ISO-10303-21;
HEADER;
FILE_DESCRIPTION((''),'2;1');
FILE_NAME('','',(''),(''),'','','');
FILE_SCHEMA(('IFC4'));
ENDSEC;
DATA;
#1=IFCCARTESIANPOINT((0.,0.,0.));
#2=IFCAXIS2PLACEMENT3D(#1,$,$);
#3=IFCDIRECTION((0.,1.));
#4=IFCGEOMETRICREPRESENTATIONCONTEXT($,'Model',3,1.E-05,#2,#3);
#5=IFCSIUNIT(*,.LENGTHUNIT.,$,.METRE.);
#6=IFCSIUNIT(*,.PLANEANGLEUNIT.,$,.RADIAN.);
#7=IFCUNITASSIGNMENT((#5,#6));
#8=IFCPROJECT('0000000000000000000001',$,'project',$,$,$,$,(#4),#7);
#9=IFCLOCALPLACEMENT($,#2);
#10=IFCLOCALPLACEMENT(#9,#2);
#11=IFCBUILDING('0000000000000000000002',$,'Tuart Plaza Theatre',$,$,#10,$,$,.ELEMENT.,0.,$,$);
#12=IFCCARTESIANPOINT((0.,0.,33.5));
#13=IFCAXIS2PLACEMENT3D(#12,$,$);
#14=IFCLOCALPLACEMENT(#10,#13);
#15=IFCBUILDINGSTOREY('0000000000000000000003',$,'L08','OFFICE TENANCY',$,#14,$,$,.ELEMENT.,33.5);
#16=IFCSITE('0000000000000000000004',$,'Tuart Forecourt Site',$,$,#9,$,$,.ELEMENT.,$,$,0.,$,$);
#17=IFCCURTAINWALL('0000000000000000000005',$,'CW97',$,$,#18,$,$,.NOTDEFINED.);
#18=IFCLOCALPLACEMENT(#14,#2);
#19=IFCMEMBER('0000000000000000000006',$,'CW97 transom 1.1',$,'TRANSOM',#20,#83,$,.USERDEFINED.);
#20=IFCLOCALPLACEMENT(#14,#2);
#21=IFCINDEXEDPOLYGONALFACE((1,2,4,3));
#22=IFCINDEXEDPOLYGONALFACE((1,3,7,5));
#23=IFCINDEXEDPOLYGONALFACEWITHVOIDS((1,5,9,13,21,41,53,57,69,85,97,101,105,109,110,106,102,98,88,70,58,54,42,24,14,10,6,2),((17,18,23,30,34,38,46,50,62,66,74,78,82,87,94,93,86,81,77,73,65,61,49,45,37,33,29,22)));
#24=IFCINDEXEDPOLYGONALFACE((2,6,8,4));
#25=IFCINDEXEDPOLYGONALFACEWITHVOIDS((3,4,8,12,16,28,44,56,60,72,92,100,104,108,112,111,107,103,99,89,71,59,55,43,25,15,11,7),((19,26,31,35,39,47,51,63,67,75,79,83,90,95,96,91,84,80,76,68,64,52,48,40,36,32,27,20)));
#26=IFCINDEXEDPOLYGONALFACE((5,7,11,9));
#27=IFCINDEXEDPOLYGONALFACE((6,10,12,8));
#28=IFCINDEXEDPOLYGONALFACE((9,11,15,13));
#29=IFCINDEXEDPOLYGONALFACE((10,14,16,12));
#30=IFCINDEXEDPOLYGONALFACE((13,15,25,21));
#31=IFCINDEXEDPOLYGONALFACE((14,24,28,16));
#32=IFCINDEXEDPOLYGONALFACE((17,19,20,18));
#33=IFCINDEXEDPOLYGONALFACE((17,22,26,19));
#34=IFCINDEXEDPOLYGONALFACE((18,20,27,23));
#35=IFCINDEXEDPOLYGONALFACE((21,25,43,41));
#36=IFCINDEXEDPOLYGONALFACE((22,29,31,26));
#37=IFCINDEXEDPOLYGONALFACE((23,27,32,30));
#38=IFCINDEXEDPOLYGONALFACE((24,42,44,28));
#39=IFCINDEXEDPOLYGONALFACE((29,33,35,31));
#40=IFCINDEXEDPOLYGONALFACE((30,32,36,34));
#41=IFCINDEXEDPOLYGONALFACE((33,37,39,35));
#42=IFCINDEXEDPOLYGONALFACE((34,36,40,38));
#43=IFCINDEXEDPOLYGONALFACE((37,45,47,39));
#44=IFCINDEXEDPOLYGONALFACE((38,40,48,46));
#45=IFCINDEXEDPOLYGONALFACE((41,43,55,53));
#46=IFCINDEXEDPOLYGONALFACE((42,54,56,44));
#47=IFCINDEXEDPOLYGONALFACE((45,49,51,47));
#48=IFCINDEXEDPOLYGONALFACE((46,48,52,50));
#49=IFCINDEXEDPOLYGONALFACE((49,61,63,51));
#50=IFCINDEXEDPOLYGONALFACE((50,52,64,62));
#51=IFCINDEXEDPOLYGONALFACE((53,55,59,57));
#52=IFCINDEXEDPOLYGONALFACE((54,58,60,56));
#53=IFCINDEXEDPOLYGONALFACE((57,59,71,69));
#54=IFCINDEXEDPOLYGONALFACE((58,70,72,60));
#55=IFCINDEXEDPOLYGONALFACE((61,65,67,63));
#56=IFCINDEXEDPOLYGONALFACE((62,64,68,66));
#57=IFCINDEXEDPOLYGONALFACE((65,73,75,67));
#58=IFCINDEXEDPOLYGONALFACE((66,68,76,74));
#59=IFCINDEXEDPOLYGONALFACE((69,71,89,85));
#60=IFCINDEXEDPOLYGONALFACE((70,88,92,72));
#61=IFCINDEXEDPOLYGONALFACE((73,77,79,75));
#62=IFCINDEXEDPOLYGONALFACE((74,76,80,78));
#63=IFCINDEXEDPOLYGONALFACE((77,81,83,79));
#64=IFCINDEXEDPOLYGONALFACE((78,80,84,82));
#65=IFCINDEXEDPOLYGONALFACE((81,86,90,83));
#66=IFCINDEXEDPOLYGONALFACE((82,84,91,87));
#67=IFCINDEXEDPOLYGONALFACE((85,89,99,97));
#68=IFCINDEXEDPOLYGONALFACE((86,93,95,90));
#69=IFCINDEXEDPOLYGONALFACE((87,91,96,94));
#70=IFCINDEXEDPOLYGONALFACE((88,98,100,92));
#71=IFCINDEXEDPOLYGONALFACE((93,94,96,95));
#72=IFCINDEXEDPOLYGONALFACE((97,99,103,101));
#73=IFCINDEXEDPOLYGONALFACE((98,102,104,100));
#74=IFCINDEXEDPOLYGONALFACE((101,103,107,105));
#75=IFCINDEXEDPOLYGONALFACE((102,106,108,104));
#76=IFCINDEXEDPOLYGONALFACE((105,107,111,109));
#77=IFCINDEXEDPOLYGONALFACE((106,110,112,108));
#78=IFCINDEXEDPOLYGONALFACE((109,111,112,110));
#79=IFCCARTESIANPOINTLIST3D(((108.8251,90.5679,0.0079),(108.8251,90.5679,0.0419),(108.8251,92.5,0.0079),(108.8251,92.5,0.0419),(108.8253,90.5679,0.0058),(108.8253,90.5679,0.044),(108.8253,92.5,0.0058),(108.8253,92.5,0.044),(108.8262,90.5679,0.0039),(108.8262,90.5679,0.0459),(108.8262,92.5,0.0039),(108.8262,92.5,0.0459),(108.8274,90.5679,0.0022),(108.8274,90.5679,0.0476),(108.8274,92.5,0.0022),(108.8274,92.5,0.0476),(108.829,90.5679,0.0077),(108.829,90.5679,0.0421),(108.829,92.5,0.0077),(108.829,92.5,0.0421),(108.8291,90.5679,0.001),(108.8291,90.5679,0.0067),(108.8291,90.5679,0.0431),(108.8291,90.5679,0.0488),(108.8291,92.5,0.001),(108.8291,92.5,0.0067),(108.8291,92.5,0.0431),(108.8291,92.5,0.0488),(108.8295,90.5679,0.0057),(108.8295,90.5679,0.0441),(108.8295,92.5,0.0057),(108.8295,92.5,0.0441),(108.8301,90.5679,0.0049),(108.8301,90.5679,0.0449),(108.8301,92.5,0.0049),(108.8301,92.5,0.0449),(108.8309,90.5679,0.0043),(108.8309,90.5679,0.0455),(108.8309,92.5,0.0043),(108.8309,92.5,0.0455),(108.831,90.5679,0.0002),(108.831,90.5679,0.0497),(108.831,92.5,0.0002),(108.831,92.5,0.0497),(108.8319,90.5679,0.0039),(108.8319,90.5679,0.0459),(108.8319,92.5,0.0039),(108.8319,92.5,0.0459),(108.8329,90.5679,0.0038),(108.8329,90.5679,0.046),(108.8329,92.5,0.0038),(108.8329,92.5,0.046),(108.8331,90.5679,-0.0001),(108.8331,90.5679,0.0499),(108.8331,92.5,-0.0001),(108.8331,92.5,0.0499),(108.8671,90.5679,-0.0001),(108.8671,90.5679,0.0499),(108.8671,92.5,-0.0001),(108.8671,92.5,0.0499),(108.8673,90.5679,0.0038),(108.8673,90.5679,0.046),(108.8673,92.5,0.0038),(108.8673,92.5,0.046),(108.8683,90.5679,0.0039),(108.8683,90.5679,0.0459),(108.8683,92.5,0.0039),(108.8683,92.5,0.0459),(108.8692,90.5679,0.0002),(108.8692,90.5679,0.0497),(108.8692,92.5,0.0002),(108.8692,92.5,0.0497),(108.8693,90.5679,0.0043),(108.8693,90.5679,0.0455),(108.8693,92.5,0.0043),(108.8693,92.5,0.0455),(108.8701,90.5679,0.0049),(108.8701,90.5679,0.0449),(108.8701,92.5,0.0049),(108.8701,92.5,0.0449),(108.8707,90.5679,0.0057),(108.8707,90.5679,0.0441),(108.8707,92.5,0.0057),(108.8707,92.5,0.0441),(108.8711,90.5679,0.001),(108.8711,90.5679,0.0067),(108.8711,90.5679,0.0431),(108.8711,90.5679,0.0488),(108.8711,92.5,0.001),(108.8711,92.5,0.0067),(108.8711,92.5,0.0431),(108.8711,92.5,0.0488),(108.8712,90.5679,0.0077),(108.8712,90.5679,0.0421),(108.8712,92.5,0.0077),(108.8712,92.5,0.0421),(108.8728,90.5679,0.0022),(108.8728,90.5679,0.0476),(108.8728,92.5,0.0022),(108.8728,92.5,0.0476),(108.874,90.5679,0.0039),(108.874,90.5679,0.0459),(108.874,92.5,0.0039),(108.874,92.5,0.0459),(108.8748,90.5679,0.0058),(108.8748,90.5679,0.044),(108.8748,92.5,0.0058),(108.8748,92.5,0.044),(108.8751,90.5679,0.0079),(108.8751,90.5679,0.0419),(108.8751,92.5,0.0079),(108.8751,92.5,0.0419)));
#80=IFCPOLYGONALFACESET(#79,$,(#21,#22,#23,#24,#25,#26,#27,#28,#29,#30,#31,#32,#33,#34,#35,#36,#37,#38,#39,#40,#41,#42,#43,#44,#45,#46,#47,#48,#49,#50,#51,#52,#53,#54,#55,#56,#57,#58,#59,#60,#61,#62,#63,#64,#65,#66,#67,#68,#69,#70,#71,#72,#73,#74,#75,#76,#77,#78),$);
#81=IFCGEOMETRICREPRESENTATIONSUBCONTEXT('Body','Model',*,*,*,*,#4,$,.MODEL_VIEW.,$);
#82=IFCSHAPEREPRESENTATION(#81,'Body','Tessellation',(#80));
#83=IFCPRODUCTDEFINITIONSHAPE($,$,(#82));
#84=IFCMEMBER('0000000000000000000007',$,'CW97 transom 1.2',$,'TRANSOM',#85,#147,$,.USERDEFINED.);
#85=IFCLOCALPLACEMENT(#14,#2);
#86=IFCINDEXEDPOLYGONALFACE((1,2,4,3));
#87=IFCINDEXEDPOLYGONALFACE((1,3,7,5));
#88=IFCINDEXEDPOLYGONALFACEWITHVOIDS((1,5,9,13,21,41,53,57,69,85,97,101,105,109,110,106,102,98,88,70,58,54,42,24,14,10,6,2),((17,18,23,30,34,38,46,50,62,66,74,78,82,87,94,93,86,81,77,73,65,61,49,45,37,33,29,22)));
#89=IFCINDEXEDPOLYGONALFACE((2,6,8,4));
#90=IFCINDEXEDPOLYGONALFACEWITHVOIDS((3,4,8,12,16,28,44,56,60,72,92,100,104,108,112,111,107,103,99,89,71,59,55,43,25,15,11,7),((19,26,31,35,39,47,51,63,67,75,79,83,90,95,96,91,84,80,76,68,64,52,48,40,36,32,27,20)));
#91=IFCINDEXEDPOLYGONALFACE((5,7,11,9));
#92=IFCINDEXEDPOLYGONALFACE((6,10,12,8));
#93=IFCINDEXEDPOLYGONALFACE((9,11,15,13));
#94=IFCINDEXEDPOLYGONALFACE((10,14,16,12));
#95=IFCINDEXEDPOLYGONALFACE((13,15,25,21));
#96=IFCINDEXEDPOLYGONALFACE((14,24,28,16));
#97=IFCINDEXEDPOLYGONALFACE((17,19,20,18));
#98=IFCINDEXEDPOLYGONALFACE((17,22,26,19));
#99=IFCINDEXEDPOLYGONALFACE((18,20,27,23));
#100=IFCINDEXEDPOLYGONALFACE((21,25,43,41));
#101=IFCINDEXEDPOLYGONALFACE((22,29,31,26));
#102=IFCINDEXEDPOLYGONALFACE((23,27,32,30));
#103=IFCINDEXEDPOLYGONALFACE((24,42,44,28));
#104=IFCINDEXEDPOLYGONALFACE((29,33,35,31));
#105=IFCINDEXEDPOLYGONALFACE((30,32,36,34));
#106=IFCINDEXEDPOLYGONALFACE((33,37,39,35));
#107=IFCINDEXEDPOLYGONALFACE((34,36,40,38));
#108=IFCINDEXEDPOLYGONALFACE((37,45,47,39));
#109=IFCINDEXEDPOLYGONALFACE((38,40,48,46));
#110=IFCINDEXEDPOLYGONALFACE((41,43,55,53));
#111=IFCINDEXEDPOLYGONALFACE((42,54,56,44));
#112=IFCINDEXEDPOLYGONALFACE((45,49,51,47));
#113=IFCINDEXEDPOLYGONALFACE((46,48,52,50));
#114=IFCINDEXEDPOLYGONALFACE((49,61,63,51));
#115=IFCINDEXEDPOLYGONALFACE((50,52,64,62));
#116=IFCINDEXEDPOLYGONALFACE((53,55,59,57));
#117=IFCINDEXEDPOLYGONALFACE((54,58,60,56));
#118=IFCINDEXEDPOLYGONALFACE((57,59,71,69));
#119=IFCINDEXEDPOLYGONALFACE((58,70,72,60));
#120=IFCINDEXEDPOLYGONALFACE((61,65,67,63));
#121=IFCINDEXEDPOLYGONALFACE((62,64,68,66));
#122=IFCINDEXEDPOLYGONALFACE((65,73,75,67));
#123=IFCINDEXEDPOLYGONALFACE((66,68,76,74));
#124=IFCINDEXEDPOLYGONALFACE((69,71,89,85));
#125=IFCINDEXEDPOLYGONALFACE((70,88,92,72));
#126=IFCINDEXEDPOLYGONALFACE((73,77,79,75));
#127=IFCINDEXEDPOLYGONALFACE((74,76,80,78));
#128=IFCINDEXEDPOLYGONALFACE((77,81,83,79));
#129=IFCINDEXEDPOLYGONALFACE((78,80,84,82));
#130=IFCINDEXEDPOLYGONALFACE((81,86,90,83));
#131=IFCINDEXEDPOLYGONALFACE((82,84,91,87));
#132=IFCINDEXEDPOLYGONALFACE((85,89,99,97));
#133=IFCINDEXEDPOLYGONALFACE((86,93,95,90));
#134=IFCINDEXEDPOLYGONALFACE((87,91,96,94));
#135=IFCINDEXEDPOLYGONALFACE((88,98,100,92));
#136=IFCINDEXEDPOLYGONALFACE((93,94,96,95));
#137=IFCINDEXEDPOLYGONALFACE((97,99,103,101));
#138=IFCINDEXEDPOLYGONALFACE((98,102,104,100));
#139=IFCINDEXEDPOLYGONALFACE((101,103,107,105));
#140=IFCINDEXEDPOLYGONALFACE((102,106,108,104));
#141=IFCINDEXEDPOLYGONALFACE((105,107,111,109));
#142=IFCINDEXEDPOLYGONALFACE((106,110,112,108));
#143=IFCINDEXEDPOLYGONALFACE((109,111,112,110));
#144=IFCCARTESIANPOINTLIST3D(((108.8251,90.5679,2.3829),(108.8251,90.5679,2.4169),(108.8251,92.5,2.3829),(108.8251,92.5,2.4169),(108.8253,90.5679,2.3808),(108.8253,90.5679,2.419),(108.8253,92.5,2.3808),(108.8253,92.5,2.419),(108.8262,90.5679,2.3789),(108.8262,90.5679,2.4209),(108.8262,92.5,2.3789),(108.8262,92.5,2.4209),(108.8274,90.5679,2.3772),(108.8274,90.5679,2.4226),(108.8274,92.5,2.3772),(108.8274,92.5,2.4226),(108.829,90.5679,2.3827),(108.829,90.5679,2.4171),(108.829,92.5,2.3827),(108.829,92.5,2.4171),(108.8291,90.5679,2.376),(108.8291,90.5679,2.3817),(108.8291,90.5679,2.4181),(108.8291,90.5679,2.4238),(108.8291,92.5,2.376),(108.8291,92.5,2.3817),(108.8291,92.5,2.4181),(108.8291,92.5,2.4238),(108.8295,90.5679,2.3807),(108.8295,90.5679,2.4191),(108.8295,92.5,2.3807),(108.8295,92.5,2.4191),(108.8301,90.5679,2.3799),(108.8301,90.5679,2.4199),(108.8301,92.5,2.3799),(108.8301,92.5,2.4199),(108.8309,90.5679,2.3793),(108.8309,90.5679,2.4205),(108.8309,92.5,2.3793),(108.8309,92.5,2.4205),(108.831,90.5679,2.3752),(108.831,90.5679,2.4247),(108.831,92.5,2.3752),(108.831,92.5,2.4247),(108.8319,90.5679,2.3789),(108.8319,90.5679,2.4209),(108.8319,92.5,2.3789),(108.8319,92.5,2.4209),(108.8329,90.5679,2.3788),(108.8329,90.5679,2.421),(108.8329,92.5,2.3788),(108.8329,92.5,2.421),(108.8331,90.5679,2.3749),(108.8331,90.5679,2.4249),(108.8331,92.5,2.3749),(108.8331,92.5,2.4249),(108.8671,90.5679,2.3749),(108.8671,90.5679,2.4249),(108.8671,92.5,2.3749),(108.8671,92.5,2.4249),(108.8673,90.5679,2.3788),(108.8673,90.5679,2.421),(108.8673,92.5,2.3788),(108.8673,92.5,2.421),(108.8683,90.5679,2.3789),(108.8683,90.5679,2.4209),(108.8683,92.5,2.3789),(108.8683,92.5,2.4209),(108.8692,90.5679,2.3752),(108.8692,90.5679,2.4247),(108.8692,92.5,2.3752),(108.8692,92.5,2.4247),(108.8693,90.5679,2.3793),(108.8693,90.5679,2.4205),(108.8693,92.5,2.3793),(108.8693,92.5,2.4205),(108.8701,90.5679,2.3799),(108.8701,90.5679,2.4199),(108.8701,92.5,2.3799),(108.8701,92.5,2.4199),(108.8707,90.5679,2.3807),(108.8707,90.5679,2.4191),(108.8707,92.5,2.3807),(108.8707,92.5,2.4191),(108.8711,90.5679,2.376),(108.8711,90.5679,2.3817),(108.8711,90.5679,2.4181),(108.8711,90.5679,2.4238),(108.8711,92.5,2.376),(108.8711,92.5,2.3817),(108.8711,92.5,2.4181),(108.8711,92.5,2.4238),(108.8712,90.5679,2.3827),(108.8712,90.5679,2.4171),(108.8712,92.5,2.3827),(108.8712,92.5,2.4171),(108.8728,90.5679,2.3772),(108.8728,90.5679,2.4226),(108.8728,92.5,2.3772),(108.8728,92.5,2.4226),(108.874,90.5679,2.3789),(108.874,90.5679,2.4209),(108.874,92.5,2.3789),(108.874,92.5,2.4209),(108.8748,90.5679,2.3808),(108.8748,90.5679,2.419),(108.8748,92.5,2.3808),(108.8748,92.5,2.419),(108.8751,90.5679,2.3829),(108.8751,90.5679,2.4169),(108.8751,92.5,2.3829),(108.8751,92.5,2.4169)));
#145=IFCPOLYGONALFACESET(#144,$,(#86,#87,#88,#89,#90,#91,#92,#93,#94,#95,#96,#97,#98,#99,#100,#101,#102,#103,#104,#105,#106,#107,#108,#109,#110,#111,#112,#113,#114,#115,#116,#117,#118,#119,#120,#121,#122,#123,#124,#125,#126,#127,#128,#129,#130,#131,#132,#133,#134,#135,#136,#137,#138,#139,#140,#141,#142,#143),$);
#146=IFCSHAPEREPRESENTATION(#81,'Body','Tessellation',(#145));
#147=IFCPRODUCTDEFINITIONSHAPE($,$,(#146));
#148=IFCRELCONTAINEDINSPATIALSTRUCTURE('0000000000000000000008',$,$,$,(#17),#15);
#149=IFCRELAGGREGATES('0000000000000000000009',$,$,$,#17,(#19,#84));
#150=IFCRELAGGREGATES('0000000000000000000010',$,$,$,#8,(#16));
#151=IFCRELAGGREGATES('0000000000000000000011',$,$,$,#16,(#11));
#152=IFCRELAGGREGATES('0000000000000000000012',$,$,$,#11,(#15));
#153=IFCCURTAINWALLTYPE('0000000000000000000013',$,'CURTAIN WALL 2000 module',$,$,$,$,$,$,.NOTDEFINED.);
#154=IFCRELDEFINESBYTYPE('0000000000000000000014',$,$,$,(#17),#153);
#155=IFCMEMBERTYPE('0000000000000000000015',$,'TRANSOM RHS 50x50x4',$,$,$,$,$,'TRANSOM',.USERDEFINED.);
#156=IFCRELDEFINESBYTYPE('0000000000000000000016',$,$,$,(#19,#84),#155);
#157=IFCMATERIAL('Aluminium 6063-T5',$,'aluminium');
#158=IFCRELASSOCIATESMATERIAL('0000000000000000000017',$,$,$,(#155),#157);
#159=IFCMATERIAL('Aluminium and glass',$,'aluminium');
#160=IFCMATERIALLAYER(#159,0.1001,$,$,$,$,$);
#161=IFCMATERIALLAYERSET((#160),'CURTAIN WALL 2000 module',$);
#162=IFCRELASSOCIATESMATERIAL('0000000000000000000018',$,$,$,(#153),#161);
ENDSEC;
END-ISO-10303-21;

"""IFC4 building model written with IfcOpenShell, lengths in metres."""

from ifc_helpers import new_model, si_unit, direction, frame, origin, origin_2d, place, context, subcontext, project, spatial, hollow_rectangle, extrude, material, layer, layer_set, material_profile, profile_set, type_object, element, aggregate, save


model = new_model("IFC4")

# Units and contexts
model_context = context("Model", 3, precision=1e-05, world=origin(), true_north=direction((0.0, 1.0)))
body_context = subcontext(model_context, "Body", "Model", "MODEL_VIEW")
ifc_project = project(units=[si_unit("LENGTHUNIT", "METRE"), si_unit("PLANEANGLEUNIT", "RADIAN")], contexts=[model_context])

# Site, building, storey
site_placement = place(None, origin())
site = spatial("IfcSite", under=ifc_project, at=site_placement, Name="Tuart Forecourt Site", CompositionType="ELEMENT", RefElevation=0.0)
building_placement = place(site_placement, origin())
building = spatial("IfcBuilding", under=site, at=building_placement, Name="Tuart Plaza Theatre", CompositionType="ELEMENT", ElevationOfRefHeight=0.0)
storey_placement = place(building_placement, frame((0.0, 0.0, 33.5)))
storey = spatial("IfcBuildingStorey", under=building, at=storey_placement, Name="L08", Description="OFFICE TENANCY", CompositionType="ELEMENT", Elevation=33.5)

# Curtain wall, members
ifc_material_1 = material(Name="Aluminium 6063-T5", Category="aluminium")
ifc_material_profile_1 = material_profile(ifc_material_1, hollow_rectangle(XDim=0.05, YDim=0.05, WallThickness=0.0039, InnerFilletRadius=0.0039, OuterFilletRadius=0.0081, at=origin_2d()), Name="RHS 50x50x4")
ifc_profile_set_1 = profile_set([ifc_material_profile_1], Name="Aluminium 6063-T5")
member_type_1 = type_object("IfcMemberType", Name="TRANSOM RHS 50x50x4", ElementType="TRANSOM", PredefinedType="USERDEFINED", material=ifc_profile_set_1)
ifc_material_2 = material(Name="Aluminium and glass", Category="aluminium")
ifc_layer_1 = layer(ifc_material_2, 0.1001)
ifc_layer_set_1 = layer_set([ifc_layer_1], Name="CURTAIN WALL 2000 module")
curtain_wall_type_1 = type_object("IfcCurtainWallType", Name="CURTAIN WALL 2000 module", PredefinedType="NOTDEFINED", material=ifc_layer_set_1)
curtain_wall_1_placement = place(storey_placement, origin())
curtain_wall_1 = element("IfcCurtainWall", 1, at=curtain_wall_1_placement, inside=storey, type_object=curtain_wall_type_1, Name="CW97", PredefinedType="NOTDEFINED")
member_1_placement = place(storey_placement, frame((108.8501, 92.5, 0.0249), z_axis=(0.0, -1.0, 0.0), x_axis=(1.0, 0.0, 0.0)))
member_1 = element("IfcMember", 2, at=member_1_placement, type_object=member_type_1, Name="CW97 transom 1.1", ObjectType="TRANSOM", PredefinedType="USERDEFINED", context=body_context, shape_type="SweptSolid", body=[
    extrude(hollow_rectangle(XDim=0.05, YDim=0.05, WallThickness=0.0039, InnerFilletRadius=0.0039, OuterFilletRadius=0.0081, at=origin_2d()), origin(), (0.0, 0.0, 1.0), 1.9321),
])
member_2_placement = place(storey_placement, frame((108.8501, 92.5, 2.3999), z_axis=(0.0, -1.0, 0.0), x_axis=(1.0, 0.0, 0.0)))
member_2 = element("IfcMember", 3, at=member_2_placement, type_object=member_type_1, Name="CW97 transom 1.2", ObjectType="TRANSOM", PredefinedType="USERDEFINED", context=body_context, shape_type="SweptSolid", body=[
    extrude(hollow_rectangle(XDim=0.05, YDim=0.05, WallThickness=0.0039, InnerFilletRadius=0.0039, OuterFilletRadius=0.0081, at=origin_2d()), origin(), (0.0, 0.0, 1.0), 1.9321),
])

aggregate(curtain_wall_1, [member_1, member_2])

save(model, "model.ifc")
